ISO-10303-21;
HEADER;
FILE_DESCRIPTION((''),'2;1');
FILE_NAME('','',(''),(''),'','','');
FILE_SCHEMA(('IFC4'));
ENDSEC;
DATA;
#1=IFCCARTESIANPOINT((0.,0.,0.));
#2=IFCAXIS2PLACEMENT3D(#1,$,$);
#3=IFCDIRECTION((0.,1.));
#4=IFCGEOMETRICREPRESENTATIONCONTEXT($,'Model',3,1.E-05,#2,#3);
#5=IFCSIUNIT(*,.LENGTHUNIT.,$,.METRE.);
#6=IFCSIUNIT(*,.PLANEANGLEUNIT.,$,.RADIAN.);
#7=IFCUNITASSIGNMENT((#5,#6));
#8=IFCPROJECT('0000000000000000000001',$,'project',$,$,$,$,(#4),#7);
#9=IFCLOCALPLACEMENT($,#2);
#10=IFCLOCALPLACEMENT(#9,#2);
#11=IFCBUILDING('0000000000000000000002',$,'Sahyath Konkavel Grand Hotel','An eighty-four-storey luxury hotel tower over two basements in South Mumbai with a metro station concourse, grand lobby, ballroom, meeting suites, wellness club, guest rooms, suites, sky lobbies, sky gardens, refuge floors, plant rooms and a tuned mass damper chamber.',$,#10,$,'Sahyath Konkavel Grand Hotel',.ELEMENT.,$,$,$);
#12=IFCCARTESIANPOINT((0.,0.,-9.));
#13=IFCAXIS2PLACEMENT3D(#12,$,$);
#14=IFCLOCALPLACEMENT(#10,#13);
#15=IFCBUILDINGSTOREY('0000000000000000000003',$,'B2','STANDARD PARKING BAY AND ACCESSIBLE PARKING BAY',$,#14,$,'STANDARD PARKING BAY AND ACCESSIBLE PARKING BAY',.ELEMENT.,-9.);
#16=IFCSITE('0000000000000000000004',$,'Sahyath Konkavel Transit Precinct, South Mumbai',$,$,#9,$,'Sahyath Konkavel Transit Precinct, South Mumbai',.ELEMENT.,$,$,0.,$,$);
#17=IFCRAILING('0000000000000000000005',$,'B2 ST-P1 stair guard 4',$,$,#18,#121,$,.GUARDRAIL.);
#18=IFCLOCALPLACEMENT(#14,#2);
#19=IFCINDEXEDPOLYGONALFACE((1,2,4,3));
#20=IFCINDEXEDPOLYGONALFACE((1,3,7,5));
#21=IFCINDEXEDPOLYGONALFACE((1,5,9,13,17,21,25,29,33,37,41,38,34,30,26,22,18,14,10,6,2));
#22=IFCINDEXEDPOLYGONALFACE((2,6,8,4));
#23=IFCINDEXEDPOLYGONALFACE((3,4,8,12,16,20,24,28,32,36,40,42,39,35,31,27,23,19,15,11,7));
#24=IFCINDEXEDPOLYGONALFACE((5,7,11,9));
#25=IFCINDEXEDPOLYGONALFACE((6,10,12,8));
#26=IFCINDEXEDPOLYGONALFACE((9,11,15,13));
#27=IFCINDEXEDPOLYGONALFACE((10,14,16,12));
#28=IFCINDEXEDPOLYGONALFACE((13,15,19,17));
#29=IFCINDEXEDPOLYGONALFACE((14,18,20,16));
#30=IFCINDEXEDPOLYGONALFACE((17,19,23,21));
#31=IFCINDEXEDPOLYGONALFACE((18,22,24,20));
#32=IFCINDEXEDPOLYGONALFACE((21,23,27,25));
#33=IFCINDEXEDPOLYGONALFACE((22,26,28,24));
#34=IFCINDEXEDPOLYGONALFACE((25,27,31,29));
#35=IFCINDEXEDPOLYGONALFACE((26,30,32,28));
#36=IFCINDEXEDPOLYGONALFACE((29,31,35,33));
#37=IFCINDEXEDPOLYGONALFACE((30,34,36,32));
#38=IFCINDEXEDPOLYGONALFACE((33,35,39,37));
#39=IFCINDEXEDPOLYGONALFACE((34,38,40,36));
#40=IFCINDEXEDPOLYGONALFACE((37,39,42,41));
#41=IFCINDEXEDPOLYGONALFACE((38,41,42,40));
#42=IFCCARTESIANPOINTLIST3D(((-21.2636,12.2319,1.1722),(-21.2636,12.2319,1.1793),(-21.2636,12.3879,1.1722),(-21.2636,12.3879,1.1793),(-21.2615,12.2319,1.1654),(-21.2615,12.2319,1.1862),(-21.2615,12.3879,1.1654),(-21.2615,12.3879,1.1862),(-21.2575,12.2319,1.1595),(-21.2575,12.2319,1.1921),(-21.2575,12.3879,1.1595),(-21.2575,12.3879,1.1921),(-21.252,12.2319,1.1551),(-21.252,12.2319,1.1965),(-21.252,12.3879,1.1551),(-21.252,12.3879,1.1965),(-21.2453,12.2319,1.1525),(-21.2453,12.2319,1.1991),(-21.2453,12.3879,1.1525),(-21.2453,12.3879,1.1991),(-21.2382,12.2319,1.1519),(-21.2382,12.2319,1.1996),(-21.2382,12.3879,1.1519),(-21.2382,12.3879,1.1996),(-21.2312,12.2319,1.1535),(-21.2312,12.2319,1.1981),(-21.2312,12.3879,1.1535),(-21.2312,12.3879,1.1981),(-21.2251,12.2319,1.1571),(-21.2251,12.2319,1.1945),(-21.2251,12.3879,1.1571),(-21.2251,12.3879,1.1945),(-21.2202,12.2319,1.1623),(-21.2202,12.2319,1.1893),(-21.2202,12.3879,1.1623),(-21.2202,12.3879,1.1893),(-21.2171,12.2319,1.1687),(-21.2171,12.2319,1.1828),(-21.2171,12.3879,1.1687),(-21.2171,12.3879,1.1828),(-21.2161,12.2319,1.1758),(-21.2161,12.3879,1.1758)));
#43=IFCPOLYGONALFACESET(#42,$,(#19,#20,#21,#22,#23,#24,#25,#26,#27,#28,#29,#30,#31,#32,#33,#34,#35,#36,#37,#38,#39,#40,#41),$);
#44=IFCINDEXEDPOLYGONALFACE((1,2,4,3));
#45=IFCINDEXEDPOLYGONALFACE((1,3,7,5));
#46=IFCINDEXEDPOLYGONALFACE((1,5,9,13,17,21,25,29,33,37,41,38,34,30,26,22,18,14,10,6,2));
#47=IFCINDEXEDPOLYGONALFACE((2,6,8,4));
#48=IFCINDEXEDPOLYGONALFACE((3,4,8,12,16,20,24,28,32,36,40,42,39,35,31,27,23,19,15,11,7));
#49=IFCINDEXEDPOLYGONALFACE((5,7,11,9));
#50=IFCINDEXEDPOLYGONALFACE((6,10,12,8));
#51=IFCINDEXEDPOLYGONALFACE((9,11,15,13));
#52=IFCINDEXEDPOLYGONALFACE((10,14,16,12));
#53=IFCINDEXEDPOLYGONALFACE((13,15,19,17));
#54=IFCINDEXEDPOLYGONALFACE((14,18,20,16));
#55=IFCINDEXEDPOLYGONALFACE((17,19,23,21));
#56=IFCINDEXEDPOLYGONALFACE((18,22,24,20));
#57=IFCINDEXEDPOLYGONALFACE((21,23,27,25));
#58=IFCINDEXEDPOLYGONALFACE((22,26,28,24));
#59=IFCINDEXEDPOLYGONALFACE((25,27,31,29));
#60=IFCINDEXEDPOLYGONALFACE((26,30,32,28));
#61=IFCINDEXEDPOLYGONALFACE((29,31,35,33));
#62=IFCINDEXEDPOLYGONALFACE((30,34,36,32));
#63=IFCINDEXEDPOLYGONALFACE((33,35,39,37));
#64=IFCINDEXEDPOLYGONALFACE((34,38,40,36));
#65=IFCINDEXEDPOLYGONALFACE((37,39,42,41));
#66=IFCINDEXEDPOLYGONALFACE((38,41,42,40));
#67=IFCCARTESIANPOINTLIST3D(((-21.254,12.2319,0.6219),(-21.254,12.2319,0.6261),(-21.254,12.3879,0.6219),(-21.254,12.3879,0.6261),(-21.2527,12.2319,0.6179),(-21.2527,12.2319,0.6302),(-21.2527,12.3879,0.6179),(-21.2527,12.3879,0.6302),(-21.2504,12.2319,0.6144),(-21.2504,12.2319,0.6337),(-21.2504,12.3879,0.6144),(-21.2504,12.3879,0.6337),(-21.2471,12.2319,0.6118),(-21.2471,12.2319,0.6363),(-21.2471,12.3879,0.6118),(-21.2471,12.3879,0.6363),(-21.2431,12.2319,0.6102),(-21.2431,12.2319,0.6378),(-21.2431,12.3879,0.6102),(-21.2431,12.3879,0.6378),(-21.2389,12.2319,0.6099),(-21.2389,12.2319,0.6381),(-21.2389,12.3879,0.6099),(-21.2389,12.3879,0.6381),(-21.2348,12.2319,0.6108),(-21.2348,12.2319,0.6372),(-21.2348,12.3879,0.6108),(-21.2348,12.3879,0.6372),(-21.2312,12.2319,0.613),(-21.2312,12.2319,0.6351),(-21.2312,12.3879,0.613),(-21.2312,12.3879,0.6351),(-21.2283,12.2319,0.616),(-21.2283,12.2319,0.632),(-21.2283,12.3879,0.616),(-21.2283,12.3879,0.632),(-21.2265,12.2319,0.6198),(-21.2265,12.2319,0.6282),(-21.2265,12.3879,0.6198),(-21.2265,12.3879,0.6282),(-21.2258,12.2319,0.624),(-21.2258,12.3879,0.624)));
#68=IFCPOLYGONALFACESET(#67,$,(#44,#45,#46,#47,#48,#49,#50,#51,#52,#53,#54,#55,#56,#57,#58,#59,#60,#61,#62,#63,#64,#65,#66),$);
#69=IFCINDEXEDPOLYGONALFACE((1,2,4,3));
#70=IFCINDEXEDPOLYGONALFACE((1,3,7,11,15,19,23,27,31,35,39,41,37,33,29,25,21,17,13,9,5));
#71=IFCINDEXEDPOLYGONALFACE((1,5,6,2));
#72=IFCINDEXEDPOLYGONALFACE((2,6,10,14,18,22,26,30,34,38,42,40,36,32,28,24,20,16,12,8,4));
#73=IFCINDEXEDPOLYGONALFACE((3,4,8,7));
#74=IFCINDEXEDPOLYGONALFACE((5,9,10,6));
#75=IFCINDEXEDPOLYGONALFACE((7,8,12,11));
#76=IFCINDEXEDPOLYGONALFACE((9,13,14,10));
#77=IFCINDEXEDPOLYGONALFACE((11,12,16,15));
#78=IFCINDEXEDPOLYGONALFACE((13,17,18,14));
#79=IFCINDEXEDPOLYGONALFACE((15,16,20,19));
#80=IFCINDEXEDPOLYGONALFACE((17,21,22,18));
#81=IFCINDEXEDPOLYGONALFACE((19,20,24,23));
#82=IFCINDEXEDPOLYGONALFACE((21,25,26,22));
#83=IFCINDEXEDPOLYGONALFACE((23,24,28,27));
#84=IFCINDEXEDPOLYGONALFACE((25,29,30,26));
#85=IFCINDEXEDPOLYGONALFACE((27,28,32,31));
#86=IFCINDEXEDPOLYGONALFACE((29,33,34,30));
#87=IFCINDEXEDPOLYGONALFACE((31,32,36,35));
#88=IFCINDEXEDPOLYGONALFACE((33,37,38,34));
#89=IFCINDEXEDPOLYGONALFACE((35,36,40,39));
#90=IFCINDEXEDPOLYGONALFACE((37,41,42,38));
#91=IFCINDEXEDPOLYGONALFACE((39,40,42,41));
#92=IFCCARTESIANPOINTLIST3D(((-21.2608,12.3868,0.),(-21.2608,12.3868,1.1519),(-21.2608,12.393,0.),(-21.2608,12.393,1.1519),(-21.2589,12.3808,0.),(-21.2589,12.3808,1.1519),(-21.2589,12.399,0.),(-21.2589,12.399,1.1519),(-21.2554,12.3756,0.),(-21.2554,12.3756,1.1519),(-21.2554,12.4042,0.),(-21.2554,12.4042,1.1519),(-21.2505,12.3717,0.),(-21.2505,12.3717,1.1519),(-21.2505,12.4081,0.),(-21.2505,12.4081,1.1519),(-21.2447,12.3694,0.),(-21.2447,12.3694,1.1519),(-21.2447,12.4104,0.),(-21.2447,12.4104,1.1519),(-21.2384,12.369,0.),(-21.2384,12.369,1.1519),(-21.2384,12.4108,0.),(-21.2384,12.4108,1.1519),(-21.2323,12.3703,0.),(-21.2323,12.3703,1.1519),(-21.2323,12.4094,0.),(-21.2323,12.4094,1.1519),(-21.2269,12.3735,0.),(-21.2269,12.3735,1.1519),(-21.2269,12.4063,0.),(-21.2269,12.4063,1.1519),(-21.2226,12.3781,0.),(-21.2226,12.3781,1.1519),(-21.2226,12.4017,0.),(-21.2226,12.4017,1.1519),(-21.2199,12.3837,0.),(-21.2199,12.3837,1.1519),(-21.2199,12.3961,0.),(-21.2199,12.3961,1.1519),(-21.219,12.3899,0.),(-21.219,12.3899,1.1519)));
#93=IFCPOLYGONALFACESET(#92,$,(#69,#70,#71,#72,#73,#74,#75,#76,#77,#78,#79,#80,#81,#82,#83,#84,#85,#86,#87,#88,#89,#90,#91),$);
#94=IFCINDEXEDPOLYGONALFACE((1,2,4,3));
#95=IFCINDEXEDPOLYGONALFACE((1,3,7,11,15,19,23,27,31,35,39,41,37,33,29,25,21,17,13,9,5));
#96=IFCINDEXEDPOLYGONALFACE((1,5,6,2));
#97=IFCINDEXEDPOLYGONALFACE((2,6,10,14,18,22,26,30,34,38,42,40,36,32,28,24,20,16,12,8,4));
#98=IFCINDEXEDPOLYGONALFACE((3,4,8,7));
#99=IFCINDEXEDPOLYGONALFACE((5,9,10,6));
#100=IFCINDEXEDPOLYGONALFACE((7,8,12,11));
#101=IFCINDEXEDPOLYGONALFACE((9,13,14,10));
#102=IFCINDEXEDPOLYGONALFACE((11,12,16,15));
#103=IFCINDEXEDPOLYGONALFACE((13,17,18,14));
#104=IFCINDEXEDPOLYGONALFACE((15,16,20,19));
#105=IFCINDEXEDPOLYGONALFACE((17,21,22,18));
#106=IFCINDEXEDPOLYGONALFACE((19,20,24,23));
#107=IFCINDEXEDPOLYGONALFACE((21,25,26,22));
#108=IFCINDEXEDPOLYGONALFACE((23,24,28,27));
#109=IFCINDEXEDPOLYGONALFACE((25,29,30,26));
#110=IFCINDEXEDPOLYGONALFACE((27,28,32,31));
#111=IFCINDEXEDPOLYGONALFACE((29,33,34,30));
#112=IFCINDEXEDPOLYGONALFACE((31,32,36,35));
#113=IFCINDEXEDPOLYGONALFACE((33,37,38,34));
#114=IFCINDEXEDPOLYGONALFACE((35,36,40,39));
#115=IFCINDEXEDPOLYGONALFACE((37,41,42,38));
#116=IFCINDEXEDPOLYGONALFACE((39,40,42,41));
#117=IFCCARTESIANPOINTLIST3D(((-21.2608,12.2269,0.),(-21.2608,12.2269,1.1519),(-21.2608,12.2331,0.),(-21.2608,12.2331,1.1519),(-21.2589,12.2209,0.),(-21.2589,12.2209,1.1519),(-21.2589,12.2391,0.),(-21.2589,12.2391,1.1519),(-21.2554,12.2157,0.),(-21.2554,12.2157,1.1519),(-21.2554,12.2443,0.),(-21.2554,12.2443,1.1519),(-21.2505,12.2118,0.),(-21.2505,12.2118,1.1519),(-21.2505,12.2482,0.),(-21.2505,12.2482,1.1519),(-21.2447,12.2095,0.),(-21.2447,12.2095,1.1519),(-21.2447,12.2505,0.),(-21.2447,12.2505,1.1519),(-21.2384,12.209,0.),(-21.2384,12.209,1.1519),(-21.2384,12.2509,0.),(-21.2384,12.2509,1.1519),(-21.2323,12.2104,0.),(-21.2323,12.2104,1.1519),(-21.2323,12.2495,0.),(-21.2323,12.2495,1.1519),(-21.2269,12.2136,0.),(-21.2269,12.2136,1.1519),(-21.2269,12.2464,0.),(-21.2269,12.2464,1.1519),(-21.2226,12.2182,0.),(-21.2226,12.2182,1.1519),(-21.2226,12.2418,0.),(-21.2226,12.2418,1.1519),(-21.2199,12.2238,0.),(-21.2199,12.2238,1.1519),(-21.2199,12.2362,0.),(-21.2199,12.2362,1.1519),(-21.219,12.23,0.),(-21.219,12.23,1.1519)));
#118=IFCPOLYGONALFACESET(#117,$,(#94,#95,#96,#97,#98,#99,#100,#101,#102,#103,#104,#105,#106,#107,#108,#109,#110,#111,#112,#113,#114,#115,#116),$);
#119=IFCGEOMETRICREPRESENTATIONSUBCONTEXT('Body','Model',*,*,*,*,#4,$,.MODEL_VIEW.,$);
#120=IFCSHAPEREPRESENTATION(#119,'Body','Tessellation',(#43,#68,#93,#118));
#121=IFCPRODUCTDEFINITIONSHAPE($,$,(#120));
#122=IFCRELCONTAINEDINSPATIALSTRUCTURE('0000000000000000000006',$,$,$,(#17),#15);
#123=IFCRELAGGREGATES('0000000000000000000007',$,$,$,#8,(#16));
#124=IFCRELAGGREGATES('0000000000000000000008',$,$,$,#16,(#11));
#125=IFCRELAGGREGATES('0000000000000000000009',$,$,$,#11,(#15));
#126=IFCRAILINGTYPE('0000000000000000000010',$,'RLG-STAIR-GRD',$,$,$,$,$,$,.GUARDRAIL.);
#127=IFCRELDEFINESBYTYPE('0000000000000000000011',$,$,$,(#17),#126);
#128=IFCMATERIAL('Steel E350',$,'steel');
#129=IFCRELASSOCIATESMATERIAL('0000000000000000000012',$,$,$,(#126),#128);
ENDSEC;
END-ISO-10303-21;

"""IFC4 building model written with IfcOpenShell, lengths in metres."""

from ifc_helpers import new_model, si_unit, direction, frame, origin, origin_2d, place, context, subcontext, project, spatial, circle, extrude, material, type_object, element, save


model = new_model("IFC4")

# Units and contexts
model_context = context("Model", 3, precision=1e-05, world=origin(), true_north=direction((0.0, 1.0)))
body_context = subcontext(model_context, "Body", "Model", "MODEL_VIEW")
ifc_project = project(units=[si_unit("LENGTHUNIT", "METRE"), si_unit("PLANEANGLEUNIT", "RADIAN")], contexts=[model_context])

# Site, building, storey
site_placement = place(None, origin())
site = spatial("IfcSite", under=ifc_project, at=site_placement, Name="Sahyath Konkavel Transit Precinct, South Mumbai", LongName="Sahyath Konkavel Transit Precinct, South Mumbai", CompositionType="ELEMENT", RefElevation=0.0)
building_placement = place(site_placement, origin())
building = spatial("IfcBuilding", under=site, at=building_placement, Name="Sahyath Konkavel Grand Hotel", Description="An eighty-four-storey luxury hotel tower over two basements in South Mumbai with a metro station concourse, grand lobby, ballroom, meeting suites, wellness club, guest rooms, suites, sky lobbies, sky gardens, refuge floors, plant rooms and a tuned mass damper chamber.", LongName="Sahyath Konkavel Grand Hotel", CompositionType="ELEMENT")
storey_placement = place(building_placement, frame((0.0, 0.0, -9.0)))
storey = spatial("IfcBuildingStorey", under=building, at=storey_placement, Name="B2", Description="STANDARD PARKING BAY AND ACCESSIBLE PARKING BAY", LongName="STANDARD PARKING BAY AND ACCESSIBLE PARKING BAY", CompositionType="ELEMENT", Elevation=-9.0)

# Shared definitions
ifc_material_1 = material(Name="Steel E350", Category="steel")

# Railing
railing_type_1 = type_object("IfcRailingType", Name="RLG-STAIR-GRD", PredefinedType="GUARDRAIL", material=ifc_material_1)
railing_1_placement = place(storey_placement, frame((-21.24, 12.3899, 0.0)))
element("IfcRailing", 1, at=railing_1_placement, inside=storey, type_object=railing_type_1, Name="B2 ST-P1 stair guard 4", PredefinedType="GUARDRAIL", context=body_context, shape_type="SweptSolid", body=[
    extrude(circle(Radius=0.0239, at=origin_2d()), frame((0.0, -0.002, 1.1758), z_axis=(0.0, -1.0, 0.0), x_axis=(1.0, 0.0, 0.0)), (0.0, 0.0, 1.0), 0.156),
    extrude(circle(Radius=0.0142, at=origin_2d()), frame((0.0, -0.002, 0.624), z_axis=(0.0, -1.0, 0.0), x_axis=(1.0, 0.0, 0.0)), (0.0, 0.0, 1.0), 0.156),
    extrude(circle(Radius=0.021, at=origin_2d()), origin(), (0.0, 0.0, 1.0), 1.1519),
    extrude(circle(Radius=0.021, at=origin_2d()), frame((0.0, -0.1599, 0.0)), (0.0, 0.0, 1.0), 1.1519),
])

save(model, "model.ifc")
